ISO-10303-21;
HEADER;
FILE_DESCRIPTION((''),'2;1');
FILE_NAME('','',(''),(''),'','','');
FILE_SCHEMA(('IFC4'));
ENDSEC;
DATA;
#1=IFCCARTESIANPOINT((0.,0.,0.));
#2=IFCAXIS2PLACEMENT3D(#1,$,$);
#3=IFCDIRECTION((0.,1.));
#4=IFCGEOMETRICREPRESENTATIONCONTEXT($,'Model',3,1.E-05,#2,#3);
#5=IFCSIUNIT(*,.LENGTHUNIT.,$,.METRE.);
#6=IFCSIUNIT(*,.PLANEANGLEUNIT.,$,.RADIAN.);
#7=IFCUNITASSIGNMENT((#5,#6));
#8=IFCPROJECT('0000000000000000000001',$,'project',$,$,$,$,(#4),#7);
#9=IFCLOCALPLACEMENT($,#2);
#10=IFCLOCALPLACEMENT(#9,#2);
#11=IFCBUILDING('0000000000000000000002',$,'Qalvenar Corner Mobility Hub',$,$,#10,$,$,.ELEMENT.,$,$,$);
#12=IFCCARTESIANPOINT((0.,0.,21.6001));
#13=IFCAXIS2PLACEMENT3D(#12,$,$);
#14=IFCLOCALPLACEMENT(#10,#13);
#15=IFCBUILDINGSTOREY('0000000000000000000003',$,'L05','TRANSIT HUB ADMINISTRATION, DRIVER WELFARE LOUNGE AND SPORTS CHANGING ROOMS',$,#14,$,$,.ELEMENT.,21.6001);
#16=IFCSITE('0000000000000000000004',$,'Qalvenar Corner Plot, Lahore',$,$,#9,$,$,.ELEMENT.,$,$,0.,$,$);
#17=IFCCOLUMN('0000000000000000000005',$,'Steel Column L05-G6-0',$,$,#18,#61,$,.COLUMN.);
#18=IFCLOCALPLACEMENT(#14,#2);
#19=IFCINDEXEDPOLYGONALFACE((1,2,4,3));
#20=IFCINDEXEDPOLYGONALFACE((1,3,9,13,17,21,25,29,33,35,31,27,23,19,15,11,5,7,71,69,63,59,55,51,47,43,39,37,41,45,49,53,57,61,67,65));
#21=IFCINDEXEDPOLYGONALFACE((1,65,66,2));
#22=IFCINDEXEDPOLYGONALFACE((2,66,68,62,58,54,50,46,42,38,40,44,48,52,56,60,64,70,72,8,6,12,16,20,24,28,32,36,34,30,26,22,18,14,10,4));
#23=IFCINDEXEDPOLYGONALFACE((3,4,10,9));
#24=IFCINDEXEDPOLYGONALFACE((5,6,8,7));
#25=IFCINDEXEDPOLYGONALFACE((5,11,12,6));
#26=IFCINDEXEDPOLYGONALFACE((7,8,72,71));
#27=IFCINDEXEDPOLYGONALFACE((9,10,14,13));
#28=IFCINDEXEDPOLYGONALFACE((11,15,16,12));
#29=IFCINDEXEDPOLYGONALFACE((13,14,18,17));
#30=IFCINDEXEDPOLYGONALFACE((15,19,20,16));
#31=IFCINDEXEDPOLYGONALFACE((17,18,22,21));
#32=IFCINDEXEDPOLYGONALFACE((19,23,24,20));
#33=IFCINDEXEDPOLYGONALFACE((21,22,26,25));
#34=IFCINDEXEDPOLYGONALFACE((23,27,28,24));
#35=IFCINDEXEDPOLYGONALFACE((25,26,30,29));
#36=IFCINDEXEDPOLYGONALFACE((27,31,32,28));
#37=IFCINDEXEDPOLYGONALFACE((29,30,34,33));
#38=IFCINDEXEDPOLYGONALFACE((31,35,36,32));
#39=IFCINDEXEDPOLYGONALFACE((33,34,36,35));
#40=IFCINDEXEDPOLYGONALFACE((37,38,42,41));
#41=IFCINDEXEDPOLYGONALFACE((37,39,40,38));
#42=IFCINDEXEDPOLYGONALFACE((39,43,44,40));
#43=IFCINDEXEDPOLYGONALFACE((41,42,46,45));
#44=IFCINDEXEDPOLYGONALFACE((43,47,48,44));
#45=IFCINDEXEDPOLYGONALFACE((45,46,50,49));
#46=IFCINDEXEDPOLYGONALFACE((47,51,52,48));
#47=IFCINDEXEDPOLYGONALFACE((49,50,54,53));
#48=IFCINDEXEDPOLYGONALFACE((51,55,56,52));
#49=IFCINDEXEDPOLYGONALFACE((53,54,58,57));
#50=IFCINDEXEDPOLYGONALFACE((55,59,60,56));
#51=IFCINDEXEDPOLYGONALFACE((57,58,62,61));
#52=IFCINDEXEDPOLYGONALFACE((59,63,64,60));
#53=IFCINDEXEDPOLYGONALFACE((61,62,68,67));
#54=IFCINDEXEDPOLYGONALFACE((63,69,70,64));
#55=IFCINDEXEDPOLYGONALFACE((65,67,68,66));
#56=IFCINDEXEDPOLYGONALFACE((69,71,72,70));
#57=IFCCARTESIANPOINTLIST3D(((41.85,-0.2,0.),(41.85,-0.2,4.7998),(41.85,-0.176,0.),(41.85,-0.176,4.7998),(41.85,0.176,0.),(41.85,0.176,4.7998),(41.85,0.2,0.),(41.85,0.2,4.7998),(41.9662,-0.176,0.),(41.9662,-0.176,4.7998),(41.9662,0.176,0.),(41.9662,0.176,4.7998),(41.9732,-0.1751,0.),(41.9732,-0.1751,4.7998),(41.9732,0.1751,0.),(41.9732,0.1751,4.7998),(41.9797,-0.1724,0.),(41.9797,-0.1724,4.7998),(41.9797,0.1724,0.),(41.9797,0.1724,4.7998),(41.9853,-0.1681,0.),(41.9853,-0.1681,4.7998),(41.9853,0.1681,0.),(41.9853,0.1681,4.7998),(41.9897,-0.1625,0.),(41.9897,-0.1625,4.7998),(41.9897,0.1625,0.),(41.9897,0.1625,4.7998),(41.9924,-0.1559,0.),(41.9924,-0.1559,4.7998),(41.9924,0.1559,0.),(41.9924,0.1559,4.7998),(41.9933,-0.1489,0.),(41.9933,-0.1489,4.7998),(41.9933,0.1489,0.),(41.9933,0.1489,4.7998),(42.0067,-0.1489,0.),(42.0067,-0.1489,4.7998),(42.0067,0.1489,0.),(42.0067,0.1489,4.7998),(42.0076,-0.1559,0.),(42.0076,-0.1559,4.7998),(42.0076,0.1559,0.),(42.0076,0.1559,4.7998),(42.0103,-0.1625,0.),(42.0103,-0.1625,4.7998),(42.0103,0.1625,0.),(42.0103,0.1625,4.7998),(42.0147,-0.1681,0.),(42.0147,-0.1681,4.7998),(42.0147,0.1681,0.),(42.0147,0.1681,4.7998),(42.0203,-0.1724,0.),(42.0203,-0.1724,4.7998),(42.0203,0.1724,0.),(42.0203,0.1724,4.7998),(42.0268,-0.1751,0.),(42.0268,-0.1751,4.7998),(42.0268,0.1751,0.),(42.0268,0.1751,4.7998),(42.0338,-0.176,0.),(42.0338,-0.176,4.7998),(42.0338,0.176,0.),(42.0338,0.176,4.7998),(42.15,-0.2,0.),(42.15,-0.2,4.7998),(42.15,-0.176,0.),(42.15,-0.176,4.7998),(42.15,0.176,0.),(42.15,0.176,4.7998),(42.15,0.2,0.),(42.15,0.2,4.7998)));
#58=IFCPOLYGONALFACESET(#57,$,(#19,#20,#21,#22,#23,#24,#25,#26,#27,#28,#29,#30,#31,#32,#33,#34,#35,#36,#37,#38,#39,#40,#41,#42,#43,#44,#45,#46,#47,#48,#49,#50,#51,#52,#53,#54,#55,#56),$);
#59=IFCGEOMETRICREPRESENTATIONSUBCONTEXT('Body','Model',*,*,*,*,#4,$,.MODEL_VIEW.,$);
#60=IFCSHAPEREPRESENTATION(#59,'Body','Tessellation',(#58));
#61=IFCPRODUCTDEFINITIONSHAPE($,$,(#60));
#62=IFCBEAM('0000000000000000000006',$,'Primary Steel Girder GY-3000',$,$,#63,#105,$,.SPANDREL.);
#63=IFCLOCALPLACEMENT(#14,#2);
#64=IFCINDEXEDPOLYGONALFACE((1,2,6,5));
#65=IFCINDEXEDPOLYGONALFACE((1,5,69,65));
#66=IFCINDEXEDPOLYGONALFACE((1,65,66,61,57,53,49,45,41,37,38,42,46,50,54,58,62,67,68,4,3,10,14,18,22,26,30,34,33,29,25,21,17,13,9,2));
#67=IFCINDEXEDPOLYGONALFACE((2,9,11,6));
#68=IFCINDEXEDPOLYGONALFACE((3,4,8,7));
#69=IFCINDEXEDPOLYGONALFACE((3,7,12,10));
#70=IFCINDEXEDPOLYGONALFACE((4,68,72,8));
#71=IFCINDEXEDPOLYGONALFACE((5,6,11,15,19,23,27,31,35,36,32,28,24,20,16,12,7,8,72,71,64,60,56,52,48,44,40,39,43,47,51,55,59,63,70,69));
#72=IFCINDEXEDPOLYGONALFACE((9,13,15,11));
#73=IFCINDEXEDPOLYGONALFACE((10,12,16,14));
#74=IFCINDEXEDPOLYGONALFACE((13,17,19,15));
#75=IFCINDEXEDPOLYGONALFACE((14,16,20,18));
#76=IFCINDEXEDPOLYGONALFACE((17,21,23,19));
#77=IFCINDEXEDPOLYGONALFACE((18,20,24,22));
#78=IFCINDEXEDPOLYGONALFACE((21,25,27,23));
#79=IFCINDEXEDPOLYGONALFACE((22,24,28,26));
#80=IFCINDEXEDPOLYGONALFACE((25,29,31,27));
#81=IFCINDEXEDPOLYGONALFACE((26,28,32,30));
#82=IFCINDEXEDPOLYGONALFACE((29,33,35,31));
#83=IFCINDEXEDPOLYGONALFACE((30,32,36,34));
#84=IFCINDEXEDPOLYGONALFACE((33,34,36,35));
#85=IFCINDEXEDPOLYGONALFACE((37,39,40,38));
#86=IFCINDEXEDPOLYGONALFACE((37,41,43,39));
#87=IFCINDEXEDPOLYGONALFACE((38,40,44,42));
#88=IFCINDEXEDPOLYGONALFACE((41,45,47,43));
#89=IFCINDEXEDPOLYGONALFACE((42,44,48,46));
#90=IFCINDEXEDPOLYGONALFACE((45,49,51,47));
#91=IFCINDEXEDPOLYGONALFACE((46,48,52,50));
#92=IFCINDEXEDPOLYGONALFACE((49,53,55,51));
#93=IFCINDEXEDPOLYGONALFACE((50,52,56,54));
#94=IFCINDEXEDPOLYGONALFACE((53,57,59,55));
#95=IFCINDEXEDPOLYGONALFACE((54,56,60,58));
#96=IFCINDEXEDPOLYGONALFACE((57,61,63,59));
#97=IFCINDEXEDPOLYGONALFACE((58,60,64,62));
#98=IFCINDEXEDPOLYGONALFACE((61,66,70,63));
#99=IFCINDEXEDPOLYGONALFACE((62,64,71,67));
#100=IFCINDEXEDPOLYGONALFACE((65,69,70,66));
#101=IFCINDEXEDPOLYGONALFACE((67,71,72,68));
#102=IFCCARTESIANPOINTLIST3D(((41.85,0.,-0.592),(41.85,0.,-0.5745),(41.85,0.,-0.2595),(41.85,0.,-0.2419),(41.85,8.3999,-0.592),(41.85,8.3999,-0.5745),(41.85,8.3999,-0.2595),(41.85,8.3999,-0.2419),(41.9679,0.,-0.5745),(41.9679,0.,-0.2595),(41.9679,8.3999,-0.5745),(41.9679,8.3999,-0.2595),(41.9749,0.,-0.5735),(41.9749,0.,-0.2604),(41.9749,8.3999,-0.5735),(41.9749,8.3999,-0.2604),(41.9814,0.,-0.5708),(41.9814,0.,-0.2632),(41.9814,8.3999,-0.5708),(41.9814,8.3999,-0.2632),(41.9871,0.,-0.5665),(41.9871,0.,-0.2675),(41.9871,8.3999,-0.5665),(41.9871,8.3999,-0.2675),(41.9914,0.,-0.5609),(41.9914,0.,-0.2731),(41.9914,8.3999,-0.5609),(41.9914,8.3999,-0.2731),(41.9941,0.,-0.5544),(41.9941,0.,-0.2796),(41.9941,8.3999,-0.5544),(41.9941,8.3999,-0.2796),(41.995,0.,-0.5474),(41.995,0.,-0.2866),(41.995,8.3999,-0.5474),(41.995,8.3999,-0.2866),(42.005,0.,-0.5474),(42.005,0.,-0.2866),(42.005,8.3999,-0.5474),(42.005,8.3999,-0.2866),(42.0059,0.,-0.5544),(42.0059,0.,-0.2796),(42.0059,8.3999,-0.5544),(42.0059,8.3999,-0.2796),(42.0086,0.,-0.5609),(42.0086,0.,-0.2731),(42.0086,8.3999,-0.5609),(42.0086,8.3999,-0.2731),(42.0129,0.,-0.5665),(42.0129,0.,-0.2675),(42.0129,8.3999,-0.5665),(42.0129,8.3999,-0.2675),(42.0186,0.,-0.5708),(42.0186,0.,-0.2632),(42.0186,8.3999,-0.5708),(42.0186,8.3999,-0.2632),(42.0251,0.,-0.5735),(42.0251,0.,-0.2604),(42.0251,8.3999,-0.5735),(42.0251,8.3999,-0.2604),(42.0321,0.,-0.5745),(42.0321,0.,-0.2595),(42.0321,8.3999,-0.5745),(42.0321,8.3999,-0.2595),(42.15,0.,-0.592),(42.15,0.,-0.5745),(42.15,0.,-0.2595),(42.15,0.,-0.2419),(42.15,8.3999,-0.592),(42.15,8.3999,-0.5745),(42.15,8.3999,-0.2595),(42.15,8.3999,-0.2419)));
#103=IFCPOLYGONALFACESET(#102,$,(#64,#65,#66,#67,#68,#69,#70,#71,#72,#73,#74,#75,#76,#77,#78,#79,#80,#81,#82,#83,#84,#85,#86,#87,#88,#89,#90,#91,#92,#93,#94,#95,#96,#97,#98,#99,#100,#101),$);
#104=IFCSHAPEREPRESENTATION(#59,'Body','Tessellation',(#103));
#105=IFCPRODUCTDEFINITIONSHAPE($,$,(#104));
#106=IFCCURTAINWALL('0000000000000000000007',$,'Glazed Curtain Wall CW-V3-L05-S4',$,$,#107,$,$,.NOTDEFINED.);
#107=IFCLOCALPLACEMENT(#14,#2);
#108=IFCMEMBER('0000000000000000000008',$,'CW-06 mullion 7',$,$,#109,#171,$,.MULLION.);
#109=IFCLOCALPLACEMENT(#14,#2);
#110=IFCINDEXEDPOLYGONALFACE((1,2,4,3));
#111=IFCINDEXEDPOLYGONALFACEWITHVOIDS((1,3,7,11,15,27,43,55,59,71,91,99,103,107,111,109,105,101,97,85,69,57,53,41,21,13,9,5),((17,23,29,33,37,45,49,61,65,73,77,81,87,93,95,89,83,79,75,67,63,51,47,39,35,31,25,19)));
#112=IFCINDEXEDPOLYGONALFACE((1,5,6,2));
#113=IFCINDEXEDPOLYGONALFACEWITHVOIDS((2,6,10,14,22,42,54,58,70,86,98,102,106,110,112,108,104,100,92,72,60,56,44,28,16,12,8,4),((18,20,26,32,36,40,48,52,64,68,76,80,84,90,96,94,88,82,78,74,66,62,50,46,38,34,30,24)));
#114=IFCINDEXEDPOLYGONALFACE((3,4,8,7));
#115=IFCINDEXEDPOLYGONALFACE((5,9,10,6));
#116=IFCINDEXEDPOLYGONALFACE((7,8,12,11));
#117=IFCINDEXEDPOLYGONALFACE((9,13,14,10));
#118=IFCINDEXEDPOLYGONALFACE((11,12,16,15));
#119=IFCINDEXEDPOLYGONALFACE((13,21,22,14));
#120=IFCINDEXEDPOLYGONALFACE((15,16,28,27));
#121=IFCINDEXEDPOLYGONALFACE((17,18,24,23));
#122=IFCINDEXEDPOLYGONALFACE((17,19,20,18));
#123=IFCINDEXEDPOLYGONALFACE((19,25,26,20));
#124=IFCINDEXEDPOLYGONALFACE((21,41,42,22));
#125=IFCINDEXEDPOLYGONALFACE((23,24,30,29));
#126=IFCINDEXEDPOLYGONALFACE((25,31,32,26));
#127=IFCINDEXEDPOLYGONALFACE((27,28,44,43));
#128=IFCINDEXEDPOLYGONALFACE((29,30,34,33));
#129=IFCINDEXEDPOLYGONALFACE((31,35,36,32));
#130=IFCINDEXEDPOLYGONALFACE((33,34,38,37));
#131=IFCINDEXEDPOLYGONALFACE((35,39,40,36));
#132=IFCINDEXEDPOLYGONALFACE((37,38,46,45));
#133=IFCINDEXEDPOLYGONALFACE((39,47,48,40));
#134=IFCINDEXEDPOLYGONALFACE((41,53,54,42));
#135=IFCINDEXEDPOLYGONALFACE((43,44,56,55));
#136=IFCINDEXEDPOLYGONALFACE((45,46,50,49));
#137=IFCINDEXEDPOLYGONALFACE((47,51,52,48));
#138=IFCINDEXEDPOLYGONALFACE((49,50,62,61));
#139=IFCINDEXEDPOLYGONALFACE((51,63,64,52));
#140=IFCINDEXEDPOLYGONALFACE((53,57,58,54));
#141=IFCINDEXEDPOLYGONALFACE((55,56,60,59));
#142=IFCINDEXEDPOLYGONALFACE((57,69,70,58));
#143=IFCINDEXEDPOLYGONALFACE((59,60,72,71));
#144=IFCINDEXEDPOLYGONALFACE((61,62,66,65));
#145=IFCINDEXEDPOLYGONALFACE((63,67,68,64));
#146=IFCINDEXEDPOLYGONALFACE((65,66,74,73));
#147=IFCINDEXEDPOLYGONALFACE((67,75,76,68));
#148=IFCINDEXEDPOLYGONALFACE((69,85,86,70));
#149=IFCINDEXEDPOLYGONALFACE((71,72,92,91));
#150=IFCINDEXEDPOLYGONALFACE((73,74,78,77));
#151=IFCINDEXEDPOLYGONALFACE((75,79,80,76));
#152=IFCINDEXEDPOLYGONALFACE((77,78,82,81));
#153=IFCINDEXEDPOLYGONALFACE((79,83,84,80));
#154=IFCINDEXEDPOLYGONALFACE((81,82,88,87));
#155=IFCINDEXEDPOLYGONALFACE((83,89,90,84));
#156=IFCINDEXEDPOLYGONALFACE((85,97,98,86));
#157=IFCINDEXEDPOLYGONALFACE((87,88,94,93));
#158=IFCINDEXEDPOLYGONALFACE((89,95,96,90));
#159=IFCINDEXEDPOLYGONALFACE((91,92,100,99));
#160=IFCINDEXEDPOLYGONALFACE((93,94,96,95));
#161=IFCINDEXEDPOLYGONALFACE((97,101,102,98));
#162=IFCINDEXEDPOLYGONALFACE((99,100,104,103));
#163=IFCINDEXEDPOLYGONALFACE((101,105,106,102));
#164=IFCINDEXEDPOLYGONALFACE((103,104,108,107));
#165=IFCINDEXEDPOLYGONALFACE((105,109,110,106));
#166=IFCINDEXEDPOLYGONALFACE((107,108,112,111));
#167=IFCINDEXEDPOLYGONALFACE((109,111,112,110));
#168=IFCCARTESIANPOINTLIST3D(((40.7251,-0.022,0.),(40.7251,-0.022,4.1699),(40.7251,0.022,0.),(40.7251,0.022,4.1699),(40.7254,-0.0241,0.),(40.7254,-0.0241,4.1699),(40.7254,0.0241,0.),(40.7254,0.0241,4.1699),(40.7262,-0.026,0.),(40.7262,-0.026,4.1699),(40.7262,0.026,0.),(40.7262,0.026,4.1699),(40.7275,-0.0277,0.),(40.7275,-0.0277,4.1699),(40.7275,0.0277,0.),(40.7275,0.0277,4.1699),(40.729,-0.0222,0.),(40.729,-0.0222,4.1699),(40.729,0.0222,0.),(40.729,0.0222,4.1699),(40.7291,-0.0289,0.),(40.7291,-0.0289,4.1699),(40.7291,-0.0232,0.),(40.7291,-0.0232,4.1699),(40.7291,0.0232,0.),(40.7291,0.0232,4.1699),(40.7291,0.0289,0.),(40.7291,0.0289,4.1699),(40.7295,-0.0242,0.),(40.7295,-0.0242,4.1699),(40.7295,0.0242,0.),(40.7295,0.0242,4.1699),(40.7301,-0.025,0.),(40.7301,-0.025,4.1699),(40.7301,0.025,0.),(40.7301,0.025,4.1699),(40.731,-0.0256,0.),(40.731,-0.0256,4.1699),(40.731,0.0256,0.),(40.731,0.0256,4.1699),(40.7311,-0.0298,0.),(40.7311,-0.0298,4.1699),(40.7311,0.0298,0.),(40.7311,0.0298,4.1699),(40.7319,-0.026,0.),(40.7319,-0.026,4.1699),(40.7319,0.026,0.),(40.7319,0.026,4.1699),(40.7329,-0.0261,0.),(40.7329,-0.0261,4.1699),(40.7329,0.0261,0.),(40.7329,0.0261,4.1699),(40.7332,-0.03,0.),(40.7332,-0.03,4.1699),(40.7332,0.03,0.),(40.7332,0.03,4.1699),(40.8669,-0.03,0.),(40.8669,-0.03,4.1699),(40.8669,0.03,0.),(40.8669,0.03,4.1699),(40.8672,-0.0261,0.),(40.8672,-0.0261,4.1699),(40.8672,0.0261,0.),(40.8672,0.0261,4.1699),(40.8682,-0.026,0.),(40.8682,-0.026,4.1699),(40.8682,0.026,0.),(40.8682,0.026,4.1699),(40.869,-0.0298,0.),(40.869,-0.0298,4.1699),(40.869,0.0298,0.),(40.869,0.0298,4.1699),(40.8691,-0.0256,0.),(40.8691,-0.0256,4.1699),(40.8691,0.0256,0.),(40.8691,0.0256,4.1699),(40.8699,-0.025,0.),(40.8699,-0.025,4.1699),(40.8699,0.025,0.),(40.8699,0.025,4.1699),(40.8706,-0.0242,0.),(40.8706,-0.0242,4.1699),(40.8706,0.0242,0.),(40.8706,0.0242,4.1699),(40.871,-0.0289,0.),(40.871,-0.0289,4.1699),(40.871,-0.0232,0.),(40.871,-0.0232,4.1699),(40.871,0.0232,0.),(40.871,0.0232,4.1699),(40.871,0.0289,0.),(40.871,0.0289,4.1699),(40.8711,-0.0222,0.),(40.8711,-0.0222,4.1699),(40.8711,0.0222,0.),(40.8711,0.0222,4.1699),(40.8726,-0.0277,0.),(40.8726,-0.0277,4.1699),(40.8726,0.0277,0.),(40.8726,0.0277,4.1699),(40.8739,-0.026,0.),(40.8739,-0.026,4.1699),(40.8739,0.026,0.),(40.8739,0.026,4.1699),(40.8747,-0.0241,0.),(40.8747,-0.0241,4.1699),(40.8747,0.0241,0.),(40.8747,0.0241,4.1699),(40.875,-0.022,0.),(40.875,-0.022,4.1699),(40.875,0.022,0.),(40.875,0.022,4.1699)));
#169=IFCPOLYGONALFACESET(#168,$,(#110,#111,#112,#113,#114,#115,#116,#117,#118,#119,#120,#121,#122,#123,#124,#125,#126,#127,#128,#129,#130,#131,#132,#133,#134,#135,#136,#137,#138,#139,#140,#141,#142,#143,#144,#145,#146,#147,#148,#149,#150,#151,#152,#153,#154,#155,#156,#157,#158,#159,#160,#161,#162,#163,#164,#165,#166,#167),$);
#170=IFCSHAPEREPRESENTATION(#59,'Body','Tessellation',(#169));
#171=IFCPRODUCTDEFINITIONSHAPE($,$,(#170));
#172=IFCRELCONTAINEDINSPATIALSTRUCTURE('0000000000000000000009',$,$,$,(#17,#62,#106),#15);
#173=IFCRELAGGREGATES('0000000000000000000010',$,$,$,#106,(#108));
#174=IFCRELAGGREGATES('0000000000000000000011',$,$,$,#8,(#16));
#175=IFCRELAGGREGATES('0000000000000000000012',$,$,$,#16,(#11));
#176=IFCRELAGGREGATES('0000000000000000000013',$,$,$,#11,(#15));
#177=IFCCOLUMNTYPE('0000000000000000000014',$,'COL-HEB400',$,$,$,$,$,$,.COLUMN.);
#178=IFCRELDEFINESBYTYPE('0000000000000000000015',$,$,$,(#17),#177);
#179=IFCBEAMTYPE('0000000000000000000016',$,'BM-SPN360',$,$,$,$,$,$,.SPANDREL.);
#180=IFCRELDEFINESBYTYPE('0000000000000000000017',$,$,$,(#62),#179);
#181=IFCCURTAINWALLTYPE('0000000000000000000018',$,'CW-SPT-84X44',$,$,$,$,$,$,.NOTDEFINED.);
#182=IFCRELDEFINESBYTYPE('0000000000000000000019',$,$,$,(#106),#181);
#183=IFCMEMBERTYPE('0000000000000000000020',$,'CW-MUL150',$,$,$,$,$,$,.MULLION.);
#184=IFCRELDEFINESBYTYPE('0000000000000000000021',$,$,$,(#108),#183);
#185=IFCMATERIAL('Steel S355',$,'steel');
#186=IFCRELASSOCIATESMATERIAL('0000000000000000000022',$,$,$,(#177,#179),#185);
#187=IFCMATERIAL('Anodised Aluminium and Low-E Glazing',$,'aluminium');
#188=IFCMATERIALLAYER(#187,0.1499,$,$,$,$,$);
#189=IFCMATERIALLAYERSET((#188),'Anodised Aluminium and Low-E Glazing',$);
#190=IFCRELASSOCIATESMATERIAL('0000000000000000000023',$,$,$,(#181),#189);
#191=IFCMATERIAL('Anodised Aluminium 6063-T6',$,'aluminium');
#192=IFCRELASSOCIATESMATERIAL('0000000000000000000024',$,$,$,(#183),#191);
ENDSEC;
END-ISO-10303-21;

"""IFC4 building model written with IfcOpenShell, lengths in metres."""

from ifc_helpers import new_model, si_unit, direction, frame, origin, origin_2d, place, context, subcontext, project, spatial, hollow_rectangle, i_section, extrude, material, layer, layer_set, material_profile, profile_set, type_object, element, aggregate, save


model = new_model("IFC4")

# Units and contexts
model_context = context("Model", 3, precision=1e-05, world=origin(), true_north=direction((0.0, 1.0)))
body_context = subcontext(model_context, "Body", "Model", "MODEL_VIEW")
ifc_project = project(units=[si_unit("LENGTHUNIT", "METRE"), si_unit("PLANEANGLEUNIT", "RADIAN")], contexts=[model_context])

# Site, building, storey
site_placement = place(None, origin())
site = spatial("IfcSite", under=ifc_project, at=site_placement, Name="Qalvenar Corner Plot, Lahore", CompositionType="ELEMENT", RefElevation=0.0)
building_placement = place(site_placement, origin())
building = spatial("IfcBuilding", under=site, at=building_placement, Name="Qalvenar Corner Mobility Hub", CompositionType="ELEMENT")
storey_placement = place(building_placement, frame((0.0, 0.0, 21.6001)))
storey = spatial("IfcBuildingStorey", under=building, at=storey_placement, Name="L05", Description="TRANSIT HUB ADMINISTRATION, DRIVER WELFARE LOUNGE AND SPORTS CHANGING ROOMS", CompositionType="ELEMENT", Elevation=21.6001)

# Column
ifc_material_1 = material(Name="Steel S355", Category="steel")
ifc_material_profile_1 = material_profile(ifc_material_1, i_section(OverallWidth=0.3, OverallDepth=0.3999, WebThickness=0.0134, FlangeThickness=0.0239, FilletRadius=0.0271, at=origin_2d()), Name="HEB400")
ifc_profile_set_1 = profile_set([ifc_material_profile_1], Name="Steel S355")
column_type = type_object("IfcColumnType", Name="COL-HEB400", PredefinedType="COLUMN", material=ifc_profile_set_1)
column_placement = place(storey_placement, frame((42.0, 0.0, 0.0), z_axis=(0.0, 0.0, 1.0), x_axis=(1.0, 0.0, 0.0)))
element("IfcColumn", 1, at=column_placement, inside=storey, type_object=column_type, Name="Steel Column L05-G6-0", PredefinedType="COLUMN", context=body_context, shape_type="SweptSolid", body=[
    extrude(i_section(OverallWidth=0.3, OverallDepth=0.3999, WebThickness=0.0134, FlangeThickness=0.0239, FilletRadius=0.0271, at=origin_2d()), origin(), (0.0, 0.0, 1.0), 4.7998),
])

# Beam
ifc_material_profile_2 = material_profile(ifc_material_1, i_section(OverallWidth=0.3, OverallDepth=0.3501, WebThickness=0.01, FlangeThickness=0.0176, FilletRadius=0.0271, at=origin_2d()), Name="HEA360")
ifc_profile_set_2 = profile_set([ifc_material_profile_2], Name="Steel S355")
beam_type = type_object("IfcBeamType", Name="BM-SPN360", PredefinedType="SPANDREL", material=ifc_profile_set_2)
beam_placement = place(storey_placement, frame((42.0, 0.0, -0.417), z_axis=(0.0, 1.0, 0.0), x_axis=(-1.0, 0.0, 0.0)))
element("IfcBeam", 2, at=beam_placement, inside=storey, type_object=beam_type, Name="Primary Steel Girder GY-3000", PredefinedType="SPANDREL", context=body_context, shape_type="SweptSolid", body=[
    extrude(i_section(OverallWidth=0.3, OverallDepth=0.3501, WebThickness=0.01, FlangeThickness=0.0176, FilletRadius=0.0271, at=origin_2d()), origin(), (0.0, 0.0, 1.0), 8.3999),
])

# Curtain wall, member
ifc_material_2 = material(Name="Anodised Aluminium and Low-E Glazing", Category="aluminium")
ifc_layer_1 = layer(ifc_material_2, 0.1499)
ifc_layer_set_1 = layer_set([ifc_layer_1], Name="Anodised Aluminium and Low-E Glazing")
curtain_wall_type = type_object("IfcCurtainWallType", Name="CW-SPT-84X44", PredefinedType="NOTDEFINED", material=ifc_layer_set_1)
curtain_wall_placement = place(storey_placement, origin())
curtain_wall = element("IfcCurtainWall", 3, at=curtain_wall_placement, inside=storey, type_object=curtain_wall_type, Name="Glazed Curtain Wall CW-V3-L05-S4", PredefinedType="NOTDEFINED")
ifc_material_3 = material(Name="Anodised Aluminium 6063-T6", Category="aluminium")
ifc_material_profile_3 = material_profile(ifc_material_3, hollow_rectangle(XDim=0.0601, YDim=0.1499, WallThickness=0.0039, InnerFilletRadius=0.0039, OuterFilletRadius=0.0081, at=origin_2d()), Name="RHS150x60x4")
ifc_profile_set_3 = profile_set([ifc_material_profile_3], Name="Anodised Aluminium 6063-T6")
member_type_1 = type_object("IfcMemberType", Name="CW-MUL150", PredefinedType="MULLION", material=ifc_profile_set_3)
member_1_placement = place(storey_placement, frame((40.8, 0.0, 0.0), z_axis=(0.0, 0.0, 1.0), x_axis=(0.0, 1.0, 0.0)))
member_1 = element("IfcMember", 4, at=member_1_placement, type_object=member_type_1, Name="CW-06 mullion 7", PredefinedType="MULLION", context=body_context, shape_type="SweptSolid", body=[
    extrude(hollow_rectangle(XDim=0.0601, YDim=0.1499, WallThickness=0.0039, InnerFilletRadius=0.0039, OuterFilletRadius=0.0081, at=origin_2d()), origin(), (0.0, 0.0, 1.0), 4.1699),
])
aggregate(curtain_wall, [member_1])

save(model, "model.ifc")
